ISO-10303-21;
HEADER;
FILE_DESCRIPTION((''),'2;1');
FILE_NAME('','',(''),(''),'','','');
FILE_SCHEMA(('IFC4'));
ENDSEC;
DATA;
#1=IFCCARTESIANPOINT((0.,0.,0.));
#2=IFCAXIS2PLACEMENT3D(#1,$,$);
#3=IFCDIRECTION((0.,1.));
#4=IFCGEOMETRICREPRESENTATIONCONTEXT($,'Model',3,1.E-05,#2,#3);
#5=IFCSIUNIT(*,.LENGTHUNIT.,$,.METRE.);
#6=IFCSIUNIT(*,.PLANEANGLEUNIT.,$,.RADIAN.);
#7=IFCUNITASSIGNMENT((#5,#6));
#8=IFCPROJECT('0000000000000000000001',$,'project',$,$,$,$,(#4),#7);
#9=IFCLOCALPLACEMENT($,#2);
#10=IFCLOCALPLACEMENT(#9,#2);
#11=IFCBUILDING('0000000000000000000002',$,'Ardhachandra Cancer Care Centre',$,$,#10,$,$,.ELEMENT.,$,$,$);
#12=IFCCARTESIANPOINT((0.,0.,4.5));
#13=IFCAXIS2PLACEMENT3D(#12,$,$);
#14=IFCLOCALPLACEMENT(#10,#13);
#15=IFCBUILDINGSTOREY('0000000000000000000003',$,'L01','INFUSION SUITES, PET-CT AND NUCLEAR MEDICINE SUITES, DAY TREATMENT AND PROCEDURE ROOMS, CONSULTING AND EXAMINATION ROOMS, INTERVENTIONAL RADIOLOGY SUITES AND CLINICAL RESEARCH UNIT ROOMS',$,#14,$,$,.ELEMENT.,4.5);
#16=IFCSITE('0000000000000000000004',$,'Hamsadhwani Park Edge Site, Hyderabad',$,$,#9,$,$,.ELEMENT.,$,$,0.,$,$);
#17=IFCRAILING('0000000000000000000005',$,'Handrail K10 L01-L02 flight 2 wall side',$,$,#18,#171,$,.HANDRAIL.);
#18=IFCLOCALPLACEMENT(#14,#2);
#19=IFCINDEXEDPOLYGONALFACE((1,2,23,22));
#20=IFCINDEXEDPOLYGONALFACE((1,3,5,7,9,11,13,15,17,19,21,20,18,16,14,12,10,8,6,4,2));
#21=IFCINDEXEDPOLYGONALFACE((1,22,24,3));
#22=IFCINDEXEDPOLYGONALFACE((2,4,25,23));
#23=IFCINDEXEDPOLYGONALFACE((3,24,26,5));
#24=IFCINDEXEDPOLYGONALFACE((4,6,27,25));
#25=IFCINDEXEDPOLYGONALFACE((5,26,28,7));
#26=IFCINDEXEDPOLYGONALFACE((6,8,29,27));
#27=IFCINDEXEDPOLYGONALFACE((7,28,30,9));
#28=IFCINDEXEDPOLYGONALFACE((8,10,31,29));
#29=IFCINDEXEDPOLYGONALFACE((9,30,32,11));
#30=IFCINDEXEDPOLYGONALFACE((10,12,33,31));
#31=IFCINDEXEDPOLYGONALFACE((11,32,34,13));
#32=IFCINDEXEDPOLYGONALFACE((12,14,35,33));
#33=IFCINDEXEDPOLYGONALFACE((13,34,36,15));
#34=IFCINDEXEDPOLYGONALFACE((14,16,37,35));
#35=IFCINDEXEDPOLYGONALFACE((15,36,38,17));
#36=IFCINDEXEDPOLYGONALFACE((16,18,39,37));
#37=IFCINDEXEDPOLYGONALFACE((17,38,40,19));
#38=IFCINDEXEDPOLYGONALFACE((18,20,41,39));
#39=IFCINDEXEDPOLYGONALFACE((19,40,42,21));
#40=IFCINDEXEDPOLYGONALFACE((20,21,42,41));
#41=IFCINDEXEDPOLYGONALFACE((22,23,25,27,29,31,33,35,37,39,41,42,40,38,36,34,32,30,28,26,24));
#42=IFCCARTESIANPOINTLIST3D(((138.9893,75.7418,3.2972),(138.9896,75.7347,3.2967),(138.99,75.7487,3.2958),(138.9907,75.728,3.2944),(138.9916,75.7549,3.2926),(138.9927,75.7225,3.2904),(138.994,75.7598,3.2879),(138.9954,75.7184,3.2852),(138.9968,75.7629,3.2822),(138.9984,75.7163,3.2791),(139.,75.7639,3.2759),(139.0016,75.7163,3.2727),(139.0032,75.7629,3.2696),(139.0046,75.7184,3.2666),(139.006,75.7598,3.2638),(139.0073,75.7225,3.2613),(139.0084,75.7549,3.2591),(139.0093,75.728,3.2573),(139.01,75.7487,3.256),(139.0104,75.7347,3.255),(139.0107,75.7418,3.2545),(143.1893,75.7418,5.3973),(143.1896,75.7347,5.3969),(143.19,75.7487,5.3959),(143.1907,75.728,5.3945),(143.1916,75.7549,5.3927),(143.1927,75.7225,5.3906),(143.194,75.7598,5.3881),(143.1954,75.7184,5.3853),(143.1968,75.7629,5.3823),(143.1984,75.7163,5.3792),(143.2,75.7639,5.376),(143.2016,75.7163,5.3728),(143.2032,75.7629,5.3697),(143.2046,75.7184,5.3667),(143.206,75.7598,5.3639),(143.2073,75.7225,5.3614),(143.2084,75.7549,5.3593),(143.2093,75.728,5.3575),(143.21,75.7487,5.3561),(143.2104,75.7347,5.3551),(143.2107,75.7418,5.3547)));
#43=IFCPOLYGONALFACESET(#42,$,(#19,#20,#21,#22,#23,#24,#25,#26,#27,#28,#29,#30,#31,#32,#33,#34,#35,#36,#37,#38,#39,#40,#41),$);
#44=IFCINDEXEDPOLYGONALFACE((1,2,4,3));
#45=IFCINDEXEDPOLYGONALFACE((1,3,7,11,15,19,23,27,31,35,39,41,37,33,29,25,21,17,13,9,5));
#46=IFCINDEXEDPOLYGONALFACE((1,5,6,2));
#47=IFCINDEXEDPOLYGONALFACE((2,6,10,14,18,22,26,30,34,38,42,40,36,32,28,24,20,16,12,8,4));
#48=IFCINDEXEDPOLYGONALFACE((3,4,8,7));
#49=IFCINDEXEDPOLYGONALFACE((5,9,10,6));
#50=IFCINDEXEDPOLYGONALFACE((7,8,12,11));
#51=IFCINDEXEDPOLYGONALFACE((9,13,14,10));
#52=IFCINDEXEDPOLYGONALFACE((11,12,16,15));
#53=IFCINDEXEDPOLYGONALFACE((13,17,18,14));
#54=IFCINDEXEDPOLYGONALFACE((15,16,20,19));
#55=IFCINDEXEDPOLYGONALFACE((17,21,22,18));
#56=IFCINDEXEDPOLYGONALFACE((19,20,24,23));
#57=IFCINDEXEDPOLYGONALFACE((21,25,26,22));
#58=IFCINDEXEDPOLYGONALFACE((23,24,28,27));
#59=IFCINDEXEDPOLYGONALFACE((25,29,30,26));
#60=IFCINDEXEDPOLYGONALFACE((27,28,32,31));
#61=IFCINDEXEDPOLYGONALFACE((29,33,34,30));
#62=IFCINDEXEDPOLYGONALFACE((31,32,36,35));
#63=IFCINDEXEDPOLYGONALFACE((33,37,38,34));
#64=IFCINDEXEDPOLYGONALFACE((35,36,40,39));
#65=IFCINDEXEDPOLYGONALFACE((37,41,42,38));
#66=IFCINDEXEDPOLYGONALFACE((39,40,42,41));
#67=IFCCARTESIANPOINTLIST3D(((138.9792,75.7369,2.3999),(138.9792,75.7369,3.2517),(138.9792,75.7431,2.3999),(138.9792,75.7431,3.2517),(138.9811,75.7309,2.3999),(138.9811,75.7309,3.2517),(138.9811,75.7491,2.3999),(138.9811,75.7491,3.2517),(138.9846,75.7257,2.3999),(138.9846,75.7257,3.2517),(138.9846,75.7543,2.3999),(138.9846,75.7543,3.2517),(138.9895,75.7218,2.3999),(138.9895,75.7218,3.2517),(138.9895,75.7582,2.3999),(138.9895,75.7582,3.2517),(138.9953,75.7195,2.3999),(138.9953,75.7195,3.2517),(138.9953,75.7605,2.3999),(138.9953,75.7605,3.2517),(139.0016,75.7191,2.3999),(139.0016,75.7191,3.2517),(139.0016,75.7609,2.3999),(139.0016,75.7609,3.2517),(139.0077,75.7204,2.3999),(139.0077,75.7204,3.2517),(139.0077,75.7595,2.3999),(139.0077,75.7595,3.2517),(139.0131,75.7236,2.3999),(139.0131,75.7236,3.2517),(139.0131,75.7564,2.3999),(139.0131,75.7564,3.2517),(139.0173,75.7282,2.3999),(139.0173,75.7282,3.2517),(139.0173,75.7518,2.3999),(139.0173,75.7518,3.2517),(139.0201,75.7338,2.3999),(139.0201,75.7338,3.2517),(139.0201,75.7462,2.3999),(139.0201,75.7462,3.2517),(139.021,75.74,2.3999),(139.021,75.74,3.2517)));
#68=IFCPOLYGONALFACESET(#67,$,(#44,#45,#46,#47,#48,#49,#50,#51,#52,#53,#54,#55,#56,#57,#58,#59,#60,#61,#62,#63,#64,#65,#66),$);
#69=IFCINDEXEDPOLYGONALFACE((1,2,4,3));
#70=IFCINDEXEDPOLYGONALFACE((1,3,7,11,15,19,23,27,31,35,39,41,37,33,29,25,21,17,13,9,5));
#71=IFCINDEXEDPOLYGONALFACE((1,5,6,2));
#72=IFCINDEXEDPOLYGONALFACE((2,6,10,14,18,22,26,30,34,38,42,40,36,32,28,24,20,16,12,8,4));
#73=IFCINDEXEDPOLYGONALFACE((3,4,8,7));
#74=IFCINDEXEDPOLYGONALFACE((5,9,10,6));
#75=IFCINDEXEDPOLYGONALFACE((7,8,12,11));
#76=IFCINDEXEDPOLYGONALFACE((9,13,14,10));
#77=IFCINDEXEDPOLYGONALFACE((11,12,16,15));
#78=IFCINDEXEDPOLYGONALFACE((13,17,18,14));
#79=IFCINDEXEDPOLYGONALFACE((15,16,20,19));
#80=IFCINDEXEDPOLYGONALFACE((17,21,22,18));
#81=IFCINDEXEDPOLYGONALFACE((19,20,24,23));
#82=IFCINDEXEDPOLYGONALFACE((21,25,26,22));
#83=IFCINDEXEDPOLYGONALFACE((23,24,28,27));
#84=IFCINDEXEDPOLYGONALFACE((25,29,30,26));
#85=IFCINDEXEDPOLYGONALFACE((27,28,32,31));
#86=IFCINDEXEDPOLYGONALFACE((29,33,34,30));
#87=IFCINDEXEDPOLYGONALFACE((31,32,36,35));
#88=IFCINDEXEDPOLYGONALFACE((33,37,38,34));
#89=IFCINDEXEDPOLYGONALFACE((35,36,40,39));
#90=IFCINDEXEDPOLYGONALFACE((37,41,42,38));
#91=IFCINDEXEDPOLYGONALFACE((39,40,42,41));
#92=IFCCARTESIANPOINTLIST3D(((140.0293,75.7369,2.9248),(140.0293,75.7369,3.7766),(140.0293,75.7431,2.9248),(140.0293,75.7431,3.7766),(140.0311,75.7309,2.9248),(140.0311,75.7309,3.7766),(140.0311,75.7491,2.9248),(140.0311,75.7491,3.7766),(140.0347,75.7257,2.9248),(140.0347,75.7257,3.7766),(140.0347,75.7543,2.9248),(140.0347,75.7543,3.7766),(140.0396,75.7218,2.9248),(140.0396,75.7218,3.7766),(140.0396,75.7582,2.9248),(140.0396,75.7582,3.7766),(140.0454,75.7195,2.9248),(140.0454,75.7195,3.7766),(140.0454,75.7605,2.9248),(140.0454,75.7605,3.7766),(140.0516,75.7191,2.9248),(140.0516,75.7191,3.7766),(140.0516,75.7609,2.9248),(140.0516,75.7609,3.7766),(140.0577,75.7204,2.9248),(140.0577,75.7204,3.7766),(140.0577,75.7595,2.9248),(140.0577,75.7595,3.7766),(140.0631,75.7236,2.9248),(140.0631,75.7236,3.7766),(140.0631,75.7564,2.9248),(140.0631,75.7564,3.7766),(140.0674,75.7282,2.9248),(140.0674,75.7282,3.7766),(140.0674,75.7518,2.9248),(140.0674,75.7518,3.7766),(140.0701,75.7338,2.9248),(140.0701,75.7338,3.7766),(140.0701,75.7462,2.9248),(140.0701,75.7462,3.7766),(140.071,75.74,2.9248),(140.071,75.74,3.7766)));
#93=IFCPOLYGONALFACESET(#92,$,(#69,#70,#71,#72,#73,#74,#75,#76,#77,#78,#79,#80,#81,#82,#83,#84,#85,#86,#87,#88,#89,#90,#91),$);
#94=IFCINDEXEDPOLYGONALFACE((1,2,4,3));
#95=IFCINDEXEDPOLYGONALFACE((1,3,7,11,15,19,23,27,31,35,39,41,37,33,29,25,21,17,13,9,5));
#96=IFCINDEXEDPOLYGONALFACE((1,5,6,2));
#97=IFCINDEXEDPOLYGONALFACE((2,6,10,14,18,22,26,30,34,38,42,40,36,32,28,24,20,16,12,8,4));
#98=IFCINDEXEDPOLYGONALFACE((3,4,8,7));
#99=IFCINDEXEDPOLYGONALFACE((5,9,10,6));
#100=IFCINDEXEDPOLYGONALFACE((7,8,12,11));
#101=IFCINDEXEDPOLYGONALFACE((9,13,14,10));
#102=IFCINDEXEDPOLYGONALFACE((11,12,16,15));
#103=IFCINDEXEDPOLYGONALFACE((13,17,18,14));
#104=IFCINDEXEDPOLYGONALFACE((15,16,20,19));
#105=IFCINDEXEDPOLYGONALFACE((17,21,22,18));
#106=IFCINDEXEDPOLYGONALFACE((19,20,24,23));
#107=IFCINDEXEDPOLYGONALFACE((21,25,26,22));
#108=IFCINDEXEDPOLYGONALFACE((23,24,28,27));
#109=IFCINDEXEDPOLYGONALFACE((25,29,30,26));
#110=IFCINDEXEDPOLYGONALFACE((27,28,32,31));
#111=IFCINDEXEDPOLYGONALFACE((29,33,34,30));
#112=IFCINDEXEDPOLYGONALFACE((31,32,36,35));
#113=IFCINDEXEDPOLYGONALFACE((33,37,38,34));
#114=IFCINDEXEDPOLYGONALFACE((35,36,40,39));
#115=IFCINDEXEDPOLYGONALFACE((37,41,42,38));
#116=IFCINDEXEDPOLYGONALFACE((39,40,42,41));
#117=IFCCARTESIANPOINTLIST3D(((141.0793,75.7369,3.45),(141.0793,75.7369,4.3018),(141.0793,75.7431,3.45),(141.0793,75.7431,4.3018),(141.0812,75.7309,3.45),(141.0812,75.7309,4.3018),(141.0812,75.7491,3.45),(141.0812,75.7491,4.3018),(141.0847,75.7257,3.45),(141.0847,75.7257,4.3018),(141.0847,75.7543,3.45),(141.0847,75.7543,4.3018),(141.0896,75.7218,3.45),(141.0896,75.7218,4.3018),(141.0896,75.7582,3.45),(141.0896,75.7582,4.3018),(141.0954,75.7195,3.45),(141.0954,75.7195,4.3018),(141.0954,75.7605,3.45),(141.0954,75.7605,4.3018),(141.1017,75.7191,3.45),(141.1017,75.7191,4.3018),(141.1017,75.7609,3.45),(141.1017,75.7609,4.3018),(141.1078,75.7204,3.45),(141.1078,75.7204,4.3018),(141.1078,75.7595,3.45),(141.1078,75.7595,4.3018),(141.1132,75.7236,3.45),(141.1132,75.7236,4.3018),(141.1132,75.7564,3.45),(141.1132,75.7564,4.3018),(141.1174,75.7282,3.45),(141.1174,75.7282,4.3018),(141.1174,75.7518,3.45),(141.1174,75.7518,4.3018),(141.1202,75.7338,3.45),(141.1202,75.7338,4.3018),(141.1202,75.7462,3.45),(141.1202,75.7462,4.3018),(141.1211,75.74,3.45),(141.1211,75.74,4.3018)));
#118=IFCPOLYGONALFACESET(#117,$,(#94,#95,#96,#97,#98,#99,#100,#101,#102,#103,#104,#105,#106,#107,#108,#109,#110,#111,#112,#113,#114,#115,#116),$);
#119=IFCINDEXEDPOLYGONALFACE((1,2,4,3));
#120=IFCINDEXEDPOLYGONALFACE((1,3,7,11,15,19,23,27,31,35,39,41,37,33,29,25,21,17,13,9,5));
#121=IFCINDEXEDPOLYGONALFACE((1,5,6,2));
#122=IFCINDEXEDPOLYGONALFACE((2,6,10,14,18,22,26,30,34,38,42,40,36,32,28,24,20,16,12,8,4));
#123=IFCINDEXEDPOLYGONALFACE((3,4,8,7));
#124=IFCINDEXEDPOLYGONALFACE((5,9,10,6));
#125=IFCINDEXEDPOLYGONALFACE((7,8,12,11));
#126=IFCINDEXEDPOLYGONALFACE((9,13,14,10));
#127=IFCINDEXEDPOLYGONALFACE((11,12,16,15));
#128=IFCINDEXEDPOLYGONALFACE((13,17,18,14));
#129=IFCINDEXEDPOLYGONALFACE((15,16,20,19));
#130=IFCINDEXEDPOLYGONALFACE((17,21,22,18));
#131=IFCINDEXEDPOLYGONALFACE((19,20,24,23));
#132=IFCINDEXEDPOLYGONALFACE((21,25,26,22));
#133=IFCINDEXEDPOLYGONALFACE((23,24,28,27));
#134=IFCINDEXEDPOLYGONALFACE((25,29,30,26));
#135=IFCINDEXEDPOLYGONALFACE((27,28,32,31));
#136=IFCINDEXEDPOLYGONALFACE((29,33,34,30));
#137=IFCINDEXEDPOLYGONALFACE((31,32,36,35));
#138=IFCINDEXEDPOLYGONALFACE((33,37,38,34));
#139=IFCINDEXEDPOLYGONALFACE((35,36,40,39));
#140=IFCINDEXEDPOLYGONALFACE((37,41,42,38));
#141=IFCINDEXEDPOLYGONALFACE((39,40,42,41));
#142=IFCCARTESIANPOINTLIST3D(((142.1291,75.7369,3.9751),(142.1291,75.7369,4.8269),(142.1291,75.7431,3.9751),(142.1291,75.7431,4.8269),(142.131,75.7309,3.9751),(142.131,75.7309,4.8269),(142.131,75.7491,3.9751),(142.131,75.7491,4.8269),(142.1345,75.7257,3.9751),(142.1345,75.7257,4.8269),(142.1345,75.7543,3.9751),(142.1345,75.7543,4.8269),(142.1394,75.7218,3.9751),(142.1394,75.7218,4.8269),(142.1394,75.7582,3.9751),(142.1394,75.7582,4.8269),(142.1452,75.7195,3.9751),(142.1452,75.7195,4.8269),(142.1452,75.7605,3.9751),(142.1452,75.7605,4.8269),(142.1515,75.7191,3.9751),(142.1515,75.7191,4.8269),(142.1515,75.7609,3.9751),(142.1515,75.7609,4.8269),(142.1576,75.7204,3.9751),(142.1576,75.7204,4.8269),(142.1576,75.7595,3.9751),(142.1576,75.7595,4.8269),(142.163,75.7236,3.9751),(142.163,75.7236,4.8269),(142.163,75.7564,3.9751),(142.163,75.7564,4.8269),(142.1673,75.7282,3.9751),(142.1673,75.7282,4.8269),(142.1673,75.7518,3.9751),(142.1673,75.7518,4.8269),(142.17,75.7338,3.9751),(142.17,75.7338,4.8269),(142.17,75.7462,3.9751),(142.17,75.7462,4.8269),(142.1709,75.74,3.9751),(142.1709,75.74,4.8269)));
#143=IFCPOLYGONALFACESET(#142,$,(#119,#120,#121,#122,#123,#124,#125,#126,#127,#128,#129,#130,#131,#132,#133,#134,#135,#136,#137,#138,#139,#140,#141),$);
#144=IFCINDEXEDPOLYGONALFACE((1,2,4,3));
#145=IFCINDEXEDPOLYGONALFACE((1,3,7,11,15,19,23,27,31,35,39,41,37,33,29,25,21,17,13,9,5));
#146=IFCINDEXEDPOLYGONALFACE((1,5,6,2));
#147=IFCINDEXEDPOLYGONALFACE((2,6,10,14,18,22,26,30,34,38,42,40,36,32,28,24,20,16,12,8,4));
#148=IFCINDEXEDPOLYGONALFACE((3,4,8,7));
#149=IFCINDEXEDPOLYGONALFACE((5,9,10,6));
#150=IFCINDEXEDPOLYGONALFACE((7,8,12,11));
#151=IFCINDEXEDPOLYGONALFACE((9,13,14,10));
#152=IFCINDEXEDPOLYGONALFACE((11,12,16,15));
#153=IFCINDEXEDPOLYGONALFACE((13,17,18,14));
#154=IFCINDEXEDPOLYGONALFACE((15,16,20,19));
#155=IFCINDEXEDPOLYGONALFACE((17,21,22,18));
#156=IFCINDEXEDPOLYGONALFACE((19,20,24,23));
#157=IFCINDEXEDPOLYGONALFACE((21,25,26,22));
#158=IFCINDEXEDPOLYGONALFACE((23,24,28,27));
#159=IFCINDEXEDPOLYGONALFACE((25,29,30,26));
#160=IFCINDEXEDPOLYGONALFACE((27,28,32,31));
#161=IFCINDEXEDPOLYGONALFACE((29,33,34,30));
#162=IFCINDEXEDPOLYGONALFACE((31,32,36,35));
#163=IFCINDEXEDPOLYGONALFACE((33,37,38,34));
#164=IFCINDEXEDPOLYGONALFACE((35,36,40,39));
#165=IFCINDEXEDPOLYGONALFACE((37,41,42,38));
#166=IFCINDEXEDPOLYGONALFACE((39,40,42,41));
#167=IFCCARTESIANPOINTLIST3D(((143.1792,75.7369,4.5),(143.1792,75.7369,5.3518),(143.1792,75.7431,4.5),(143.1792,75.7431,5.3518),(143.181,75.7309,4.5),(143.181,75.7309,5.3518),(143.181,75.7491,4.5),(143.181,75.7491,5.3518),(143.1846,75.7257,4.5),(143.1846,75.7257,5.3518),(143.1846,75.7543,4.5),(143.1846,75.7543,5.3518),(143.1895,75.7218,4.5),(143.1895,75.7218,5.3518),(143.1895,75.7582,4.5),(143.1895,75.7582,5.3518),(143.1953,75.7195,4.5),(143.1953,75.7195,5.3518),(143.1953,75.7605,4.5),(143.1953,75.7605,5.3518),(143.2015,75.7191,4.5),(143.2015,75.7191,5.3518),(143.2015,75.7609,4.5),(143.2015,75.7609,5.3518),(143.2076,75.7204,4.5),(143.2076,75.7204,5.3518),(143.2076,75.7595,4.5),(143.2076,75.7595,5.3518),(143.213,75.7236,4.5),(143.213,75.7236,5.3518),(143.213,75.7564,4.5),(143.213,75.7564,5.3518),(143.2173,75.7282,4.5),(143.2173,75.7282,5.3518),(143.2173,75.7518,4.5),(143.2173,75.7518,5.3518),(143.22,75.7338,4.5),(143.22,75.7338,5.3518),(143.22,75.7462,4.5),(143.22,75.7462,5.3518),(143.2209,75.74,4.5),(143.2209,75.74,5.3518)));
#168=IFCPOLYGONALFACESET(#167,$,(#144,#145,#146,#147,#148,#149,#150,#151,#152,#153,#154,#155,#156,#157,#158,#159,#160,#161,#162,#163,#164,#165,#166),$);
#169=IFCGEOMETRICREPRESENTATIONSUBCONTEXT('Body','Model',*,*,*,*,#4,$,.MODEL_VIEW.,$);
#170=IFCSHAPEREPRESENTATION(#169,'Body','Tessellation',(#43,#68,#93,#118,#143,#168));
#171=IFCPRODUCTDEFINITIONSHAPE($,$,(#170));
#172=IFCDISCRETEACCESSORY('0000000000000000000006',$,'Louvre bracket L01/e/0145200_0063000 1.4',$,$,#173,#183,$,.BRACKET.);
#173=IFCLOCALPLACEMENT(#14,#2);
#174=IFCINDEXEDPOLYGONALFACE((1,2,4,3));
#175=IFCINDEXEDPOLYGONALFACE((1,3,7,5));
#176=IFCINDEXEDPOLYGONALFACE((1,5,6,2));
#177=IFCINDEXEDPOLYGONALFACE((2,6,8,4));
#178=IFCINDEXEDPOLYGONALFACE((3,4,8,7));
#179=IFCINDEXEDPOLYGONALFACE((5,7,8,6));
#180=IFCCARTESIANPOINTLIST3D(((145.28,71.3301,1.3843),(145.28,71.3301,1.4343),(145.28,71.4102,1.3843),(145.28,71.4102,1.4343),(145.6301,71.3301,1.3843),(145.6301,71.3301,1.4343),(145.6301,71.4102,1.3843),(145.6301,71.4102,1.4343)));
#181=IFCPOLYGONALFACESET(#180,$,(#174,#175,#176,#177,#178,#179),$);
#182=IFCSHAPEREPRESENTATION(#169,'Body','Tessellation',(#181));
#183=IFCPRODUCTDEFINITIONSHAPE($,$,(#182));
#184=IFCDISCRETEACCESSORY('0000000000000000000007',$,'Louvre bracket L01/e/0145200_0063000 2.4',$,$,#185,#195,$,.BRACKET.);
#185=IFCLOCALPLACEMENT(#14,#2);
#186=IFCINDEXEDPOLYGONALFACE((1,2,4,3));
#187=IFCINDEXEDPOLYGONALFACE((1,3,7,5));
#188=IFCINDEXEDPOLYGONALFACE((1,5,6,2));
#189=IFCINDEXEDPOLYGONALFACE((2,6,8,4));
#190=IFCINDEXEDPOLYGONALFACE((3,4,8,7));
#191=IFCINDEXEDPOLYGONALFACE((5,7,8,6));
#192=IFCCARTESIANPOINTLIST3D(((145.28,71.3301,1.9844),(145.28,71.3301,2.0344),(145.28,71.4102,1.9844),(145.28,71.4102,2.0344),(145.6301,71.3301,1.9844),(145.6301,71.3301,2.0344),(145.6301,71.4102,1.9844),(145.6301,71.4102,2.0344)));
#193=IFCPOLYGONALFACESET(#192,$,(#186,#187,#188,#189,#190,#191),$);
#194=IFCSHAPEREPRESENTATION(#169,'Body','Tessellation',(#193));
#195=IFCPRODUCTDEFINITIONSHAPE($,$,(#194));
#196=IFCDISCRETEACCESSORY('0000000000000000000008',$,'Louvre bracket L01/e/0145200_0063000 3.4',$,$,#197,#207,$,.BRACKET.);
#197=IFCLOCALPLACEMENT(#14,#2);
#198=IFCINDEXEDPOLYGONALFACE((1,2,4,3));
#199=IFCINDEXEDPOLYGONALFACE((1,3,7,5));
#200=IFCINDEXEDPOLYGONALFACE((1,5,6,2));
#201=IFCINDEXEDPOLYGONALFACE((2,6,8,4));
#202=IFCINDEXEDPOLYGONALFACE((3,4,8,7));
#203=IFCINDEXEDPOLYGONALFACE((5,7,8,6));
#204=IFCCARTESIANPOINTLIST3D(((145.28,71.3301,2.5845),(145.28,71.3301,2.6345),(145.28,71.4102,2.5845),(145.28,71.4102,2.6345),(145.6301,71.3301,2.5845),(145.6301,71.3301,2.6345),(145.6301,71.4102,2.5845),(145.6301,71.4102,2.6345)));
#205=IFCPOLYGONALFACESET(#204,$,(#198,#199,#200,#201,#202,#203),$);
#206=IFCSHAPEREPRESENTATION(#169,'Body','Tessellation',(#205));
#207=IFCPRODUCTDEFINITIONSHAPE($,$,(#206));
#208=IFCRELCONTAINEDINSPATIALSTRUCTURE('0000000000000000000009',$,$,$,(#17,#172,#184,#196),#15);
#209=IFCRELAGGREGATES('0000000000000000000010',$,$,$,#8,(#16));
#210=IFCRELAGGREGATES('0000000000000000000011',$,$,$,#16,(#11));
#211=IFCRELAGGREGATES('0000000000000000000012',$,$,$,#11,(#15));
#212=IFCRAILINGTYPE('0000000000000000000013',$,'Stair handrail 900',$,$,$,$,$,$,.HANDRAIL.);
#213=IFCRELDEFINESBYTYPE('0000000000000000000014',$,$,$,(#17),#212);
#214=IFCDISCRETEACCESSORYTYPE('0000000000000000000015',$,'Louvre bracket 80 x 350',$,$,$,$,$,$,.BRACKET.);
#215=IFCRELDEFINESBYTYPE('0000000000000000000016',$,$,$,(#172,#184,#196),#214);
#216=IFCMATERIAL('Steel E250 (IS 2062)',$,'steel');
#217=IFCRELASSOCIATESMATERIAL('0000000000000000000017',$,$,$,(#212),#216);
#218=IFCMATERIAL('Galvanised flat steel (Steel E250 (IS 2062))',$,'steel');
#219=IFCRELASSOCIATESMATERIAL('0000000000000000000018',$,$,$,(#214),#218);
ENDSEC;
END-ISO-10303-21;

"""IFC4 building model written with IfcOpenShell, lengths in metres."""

from ifc_helpers import new_model, si_unit, direction, frame, origin, origin_2d, place, context, subcontext, project, spatial, rectangle, circle, extrude, material, type_object, element, save


model = new_model("IFC4")

# Units and contexts
model_context = context("Model", 3, precision=1e-05, world=origin(), true_north=direction((0.0, 1.0)))
body_context = subcontext(model_context, "Body", "Model", "MODEL_VIEW")
ifc_project = project(units=[si_unit("LENGTHUNIT", "METRE"), si_unit("PLANEANGLEUNIT", "RADIAN")], contexts=[model_context])

# Site, building, storey
site_placement = place(None, origin())
site = spatial("IfcSite", under=ifc_project, at=site_placement, Name="Hamsadhwani Park Edge Site, Hyderabad", CompositionType="ELEMENT", RefElevation=0.0)
building_placement = place(site_placement, origin())
building = spatial("IfcBuilding", under=site, at=building_placement, Name="Ardhachandra Cancer Care Centre", CompositionType="ELEMENT")
storey_placement = place(building_placement, frame((0.0, 0.0, 4.5)))
storey = spatial("IfcBuildingStorey", under=building, at=storey_placement, Name="L01", Description="INFUSION SUITES, PET-CT AND NUCLEAR MEDICINE SUITES, DAY TREATMENT AND PROCEDURE ROOMS, CONSULTING AND EXAMINATION ROOMS, INTERVENTIONAL RADIOLOGY SUITES AND CLINICAL RESEARCH UNIT ROOMS", CompositionType="ELEMENT", Elevation=4.5)

# Railing
ifc_material_1 = material(Name="Steel E250 (IS 2062)", Category="steel")
railing_type_1 = type_object("IfcRailingType", Name="Stair handrail 900", PredefinedType="HANDRAIL", material=ifc_material_1)
railing_1_placement = place(storey_placement, frame((139.0, 75.74, 2.3999)))
element("IfcRailing", 1, at=railing_1_placement, inside=storey, type_object=railing_type_1, Name="Handrail K10 L01-L02 flight 2 wall side", PredefinedType="HANDRAIL", context=body_context, shape_type="SweptSolid", body=[
    extrude(circle(Radius=0.0239, at=origin_2d()), frame((0.0, 0.0, 0.876), z_axis=(0.894417, 0.0, 0.447234), x_axis=(0.0, 1.0, 0.0)), (0.0, 0.0, 1.0), 4.6958),
    extrude(circle(Radius=0.021, at=origin_2d()), origin(), (0.0, 0.0, 1.0), 0.8518),
    extrude(circle(Radius=0.021, at=origin_2d()), frame((1.05, 0.0, 0.5249)), (0.0, 0.0, 1.0), 0.8518),
    extrude(circle(Radius=0.021, at=origin_2d()), frame((2.1001, 0.0, 1.05)), (0.0, 0.0, 1.0), 0.8518),
    extrude(circle(Radius=0.021, at=origin_2d()), frame((3.1499, 0.0, 1.5752)), (0.0, 0.0, 1.0), 0.8518),
    extrude(circle(Radius=0.021, at=origin_2d()), frame((4.2, 0.0, 2.1001)), (0.0, 0.0, 1.0), 0.8518),
])

# Discrete accessories
ifc_material_2 = material(Name="Galvanised flat steel (Steel E250 (IS 2062))", Category="steel")
discrete_accessory_type = type_object("IfcDiscreteAccessoryType", Name="Louvre bracket 80 x 350", PredefinedType="BRACKET", material=ifc_material_2)
for number, where, z_axis, x_axis, name in (
    (2, (145.4551, 71.3701, 1.3843), (0.0, 0.0, 1.0), (0.0, 1.0, 0.0), "Louvre bracket L01/e/0145200_0063000 1.4"),
    (3, (145.4551, 71.3701, 1.9844), (0.0, 0.0, 1.0), (0.0, 1.0, 0.0), "Louvre bracket L01/e/0145200_0063000 2.4"),
    (4, (145.4551, 71.3701, 2.5845), (0.0, 0.0, 1.0), (0.0, 1.0, 0.0), "Louvre bracket L01/e/0145200_0063000 3.4"),
):
    element("IfcDiscreteAccessory", number, at=place(storey_placement, frame(where, z_axis=z_axis, x_axis=x_axis)), inside=storey, type_object=discrete_accessory_type, Name=name, PredefinedType="BRACKET", context=body_context, shape_type="SweptSolid", body=[
        extrude(rectangle(XDim=0.0801, YDim=0.3501, at=origin_2d()), origin(), (0.0, 0.0, 1.0), 0.05),
    ])

save(model, "model.ifc")
